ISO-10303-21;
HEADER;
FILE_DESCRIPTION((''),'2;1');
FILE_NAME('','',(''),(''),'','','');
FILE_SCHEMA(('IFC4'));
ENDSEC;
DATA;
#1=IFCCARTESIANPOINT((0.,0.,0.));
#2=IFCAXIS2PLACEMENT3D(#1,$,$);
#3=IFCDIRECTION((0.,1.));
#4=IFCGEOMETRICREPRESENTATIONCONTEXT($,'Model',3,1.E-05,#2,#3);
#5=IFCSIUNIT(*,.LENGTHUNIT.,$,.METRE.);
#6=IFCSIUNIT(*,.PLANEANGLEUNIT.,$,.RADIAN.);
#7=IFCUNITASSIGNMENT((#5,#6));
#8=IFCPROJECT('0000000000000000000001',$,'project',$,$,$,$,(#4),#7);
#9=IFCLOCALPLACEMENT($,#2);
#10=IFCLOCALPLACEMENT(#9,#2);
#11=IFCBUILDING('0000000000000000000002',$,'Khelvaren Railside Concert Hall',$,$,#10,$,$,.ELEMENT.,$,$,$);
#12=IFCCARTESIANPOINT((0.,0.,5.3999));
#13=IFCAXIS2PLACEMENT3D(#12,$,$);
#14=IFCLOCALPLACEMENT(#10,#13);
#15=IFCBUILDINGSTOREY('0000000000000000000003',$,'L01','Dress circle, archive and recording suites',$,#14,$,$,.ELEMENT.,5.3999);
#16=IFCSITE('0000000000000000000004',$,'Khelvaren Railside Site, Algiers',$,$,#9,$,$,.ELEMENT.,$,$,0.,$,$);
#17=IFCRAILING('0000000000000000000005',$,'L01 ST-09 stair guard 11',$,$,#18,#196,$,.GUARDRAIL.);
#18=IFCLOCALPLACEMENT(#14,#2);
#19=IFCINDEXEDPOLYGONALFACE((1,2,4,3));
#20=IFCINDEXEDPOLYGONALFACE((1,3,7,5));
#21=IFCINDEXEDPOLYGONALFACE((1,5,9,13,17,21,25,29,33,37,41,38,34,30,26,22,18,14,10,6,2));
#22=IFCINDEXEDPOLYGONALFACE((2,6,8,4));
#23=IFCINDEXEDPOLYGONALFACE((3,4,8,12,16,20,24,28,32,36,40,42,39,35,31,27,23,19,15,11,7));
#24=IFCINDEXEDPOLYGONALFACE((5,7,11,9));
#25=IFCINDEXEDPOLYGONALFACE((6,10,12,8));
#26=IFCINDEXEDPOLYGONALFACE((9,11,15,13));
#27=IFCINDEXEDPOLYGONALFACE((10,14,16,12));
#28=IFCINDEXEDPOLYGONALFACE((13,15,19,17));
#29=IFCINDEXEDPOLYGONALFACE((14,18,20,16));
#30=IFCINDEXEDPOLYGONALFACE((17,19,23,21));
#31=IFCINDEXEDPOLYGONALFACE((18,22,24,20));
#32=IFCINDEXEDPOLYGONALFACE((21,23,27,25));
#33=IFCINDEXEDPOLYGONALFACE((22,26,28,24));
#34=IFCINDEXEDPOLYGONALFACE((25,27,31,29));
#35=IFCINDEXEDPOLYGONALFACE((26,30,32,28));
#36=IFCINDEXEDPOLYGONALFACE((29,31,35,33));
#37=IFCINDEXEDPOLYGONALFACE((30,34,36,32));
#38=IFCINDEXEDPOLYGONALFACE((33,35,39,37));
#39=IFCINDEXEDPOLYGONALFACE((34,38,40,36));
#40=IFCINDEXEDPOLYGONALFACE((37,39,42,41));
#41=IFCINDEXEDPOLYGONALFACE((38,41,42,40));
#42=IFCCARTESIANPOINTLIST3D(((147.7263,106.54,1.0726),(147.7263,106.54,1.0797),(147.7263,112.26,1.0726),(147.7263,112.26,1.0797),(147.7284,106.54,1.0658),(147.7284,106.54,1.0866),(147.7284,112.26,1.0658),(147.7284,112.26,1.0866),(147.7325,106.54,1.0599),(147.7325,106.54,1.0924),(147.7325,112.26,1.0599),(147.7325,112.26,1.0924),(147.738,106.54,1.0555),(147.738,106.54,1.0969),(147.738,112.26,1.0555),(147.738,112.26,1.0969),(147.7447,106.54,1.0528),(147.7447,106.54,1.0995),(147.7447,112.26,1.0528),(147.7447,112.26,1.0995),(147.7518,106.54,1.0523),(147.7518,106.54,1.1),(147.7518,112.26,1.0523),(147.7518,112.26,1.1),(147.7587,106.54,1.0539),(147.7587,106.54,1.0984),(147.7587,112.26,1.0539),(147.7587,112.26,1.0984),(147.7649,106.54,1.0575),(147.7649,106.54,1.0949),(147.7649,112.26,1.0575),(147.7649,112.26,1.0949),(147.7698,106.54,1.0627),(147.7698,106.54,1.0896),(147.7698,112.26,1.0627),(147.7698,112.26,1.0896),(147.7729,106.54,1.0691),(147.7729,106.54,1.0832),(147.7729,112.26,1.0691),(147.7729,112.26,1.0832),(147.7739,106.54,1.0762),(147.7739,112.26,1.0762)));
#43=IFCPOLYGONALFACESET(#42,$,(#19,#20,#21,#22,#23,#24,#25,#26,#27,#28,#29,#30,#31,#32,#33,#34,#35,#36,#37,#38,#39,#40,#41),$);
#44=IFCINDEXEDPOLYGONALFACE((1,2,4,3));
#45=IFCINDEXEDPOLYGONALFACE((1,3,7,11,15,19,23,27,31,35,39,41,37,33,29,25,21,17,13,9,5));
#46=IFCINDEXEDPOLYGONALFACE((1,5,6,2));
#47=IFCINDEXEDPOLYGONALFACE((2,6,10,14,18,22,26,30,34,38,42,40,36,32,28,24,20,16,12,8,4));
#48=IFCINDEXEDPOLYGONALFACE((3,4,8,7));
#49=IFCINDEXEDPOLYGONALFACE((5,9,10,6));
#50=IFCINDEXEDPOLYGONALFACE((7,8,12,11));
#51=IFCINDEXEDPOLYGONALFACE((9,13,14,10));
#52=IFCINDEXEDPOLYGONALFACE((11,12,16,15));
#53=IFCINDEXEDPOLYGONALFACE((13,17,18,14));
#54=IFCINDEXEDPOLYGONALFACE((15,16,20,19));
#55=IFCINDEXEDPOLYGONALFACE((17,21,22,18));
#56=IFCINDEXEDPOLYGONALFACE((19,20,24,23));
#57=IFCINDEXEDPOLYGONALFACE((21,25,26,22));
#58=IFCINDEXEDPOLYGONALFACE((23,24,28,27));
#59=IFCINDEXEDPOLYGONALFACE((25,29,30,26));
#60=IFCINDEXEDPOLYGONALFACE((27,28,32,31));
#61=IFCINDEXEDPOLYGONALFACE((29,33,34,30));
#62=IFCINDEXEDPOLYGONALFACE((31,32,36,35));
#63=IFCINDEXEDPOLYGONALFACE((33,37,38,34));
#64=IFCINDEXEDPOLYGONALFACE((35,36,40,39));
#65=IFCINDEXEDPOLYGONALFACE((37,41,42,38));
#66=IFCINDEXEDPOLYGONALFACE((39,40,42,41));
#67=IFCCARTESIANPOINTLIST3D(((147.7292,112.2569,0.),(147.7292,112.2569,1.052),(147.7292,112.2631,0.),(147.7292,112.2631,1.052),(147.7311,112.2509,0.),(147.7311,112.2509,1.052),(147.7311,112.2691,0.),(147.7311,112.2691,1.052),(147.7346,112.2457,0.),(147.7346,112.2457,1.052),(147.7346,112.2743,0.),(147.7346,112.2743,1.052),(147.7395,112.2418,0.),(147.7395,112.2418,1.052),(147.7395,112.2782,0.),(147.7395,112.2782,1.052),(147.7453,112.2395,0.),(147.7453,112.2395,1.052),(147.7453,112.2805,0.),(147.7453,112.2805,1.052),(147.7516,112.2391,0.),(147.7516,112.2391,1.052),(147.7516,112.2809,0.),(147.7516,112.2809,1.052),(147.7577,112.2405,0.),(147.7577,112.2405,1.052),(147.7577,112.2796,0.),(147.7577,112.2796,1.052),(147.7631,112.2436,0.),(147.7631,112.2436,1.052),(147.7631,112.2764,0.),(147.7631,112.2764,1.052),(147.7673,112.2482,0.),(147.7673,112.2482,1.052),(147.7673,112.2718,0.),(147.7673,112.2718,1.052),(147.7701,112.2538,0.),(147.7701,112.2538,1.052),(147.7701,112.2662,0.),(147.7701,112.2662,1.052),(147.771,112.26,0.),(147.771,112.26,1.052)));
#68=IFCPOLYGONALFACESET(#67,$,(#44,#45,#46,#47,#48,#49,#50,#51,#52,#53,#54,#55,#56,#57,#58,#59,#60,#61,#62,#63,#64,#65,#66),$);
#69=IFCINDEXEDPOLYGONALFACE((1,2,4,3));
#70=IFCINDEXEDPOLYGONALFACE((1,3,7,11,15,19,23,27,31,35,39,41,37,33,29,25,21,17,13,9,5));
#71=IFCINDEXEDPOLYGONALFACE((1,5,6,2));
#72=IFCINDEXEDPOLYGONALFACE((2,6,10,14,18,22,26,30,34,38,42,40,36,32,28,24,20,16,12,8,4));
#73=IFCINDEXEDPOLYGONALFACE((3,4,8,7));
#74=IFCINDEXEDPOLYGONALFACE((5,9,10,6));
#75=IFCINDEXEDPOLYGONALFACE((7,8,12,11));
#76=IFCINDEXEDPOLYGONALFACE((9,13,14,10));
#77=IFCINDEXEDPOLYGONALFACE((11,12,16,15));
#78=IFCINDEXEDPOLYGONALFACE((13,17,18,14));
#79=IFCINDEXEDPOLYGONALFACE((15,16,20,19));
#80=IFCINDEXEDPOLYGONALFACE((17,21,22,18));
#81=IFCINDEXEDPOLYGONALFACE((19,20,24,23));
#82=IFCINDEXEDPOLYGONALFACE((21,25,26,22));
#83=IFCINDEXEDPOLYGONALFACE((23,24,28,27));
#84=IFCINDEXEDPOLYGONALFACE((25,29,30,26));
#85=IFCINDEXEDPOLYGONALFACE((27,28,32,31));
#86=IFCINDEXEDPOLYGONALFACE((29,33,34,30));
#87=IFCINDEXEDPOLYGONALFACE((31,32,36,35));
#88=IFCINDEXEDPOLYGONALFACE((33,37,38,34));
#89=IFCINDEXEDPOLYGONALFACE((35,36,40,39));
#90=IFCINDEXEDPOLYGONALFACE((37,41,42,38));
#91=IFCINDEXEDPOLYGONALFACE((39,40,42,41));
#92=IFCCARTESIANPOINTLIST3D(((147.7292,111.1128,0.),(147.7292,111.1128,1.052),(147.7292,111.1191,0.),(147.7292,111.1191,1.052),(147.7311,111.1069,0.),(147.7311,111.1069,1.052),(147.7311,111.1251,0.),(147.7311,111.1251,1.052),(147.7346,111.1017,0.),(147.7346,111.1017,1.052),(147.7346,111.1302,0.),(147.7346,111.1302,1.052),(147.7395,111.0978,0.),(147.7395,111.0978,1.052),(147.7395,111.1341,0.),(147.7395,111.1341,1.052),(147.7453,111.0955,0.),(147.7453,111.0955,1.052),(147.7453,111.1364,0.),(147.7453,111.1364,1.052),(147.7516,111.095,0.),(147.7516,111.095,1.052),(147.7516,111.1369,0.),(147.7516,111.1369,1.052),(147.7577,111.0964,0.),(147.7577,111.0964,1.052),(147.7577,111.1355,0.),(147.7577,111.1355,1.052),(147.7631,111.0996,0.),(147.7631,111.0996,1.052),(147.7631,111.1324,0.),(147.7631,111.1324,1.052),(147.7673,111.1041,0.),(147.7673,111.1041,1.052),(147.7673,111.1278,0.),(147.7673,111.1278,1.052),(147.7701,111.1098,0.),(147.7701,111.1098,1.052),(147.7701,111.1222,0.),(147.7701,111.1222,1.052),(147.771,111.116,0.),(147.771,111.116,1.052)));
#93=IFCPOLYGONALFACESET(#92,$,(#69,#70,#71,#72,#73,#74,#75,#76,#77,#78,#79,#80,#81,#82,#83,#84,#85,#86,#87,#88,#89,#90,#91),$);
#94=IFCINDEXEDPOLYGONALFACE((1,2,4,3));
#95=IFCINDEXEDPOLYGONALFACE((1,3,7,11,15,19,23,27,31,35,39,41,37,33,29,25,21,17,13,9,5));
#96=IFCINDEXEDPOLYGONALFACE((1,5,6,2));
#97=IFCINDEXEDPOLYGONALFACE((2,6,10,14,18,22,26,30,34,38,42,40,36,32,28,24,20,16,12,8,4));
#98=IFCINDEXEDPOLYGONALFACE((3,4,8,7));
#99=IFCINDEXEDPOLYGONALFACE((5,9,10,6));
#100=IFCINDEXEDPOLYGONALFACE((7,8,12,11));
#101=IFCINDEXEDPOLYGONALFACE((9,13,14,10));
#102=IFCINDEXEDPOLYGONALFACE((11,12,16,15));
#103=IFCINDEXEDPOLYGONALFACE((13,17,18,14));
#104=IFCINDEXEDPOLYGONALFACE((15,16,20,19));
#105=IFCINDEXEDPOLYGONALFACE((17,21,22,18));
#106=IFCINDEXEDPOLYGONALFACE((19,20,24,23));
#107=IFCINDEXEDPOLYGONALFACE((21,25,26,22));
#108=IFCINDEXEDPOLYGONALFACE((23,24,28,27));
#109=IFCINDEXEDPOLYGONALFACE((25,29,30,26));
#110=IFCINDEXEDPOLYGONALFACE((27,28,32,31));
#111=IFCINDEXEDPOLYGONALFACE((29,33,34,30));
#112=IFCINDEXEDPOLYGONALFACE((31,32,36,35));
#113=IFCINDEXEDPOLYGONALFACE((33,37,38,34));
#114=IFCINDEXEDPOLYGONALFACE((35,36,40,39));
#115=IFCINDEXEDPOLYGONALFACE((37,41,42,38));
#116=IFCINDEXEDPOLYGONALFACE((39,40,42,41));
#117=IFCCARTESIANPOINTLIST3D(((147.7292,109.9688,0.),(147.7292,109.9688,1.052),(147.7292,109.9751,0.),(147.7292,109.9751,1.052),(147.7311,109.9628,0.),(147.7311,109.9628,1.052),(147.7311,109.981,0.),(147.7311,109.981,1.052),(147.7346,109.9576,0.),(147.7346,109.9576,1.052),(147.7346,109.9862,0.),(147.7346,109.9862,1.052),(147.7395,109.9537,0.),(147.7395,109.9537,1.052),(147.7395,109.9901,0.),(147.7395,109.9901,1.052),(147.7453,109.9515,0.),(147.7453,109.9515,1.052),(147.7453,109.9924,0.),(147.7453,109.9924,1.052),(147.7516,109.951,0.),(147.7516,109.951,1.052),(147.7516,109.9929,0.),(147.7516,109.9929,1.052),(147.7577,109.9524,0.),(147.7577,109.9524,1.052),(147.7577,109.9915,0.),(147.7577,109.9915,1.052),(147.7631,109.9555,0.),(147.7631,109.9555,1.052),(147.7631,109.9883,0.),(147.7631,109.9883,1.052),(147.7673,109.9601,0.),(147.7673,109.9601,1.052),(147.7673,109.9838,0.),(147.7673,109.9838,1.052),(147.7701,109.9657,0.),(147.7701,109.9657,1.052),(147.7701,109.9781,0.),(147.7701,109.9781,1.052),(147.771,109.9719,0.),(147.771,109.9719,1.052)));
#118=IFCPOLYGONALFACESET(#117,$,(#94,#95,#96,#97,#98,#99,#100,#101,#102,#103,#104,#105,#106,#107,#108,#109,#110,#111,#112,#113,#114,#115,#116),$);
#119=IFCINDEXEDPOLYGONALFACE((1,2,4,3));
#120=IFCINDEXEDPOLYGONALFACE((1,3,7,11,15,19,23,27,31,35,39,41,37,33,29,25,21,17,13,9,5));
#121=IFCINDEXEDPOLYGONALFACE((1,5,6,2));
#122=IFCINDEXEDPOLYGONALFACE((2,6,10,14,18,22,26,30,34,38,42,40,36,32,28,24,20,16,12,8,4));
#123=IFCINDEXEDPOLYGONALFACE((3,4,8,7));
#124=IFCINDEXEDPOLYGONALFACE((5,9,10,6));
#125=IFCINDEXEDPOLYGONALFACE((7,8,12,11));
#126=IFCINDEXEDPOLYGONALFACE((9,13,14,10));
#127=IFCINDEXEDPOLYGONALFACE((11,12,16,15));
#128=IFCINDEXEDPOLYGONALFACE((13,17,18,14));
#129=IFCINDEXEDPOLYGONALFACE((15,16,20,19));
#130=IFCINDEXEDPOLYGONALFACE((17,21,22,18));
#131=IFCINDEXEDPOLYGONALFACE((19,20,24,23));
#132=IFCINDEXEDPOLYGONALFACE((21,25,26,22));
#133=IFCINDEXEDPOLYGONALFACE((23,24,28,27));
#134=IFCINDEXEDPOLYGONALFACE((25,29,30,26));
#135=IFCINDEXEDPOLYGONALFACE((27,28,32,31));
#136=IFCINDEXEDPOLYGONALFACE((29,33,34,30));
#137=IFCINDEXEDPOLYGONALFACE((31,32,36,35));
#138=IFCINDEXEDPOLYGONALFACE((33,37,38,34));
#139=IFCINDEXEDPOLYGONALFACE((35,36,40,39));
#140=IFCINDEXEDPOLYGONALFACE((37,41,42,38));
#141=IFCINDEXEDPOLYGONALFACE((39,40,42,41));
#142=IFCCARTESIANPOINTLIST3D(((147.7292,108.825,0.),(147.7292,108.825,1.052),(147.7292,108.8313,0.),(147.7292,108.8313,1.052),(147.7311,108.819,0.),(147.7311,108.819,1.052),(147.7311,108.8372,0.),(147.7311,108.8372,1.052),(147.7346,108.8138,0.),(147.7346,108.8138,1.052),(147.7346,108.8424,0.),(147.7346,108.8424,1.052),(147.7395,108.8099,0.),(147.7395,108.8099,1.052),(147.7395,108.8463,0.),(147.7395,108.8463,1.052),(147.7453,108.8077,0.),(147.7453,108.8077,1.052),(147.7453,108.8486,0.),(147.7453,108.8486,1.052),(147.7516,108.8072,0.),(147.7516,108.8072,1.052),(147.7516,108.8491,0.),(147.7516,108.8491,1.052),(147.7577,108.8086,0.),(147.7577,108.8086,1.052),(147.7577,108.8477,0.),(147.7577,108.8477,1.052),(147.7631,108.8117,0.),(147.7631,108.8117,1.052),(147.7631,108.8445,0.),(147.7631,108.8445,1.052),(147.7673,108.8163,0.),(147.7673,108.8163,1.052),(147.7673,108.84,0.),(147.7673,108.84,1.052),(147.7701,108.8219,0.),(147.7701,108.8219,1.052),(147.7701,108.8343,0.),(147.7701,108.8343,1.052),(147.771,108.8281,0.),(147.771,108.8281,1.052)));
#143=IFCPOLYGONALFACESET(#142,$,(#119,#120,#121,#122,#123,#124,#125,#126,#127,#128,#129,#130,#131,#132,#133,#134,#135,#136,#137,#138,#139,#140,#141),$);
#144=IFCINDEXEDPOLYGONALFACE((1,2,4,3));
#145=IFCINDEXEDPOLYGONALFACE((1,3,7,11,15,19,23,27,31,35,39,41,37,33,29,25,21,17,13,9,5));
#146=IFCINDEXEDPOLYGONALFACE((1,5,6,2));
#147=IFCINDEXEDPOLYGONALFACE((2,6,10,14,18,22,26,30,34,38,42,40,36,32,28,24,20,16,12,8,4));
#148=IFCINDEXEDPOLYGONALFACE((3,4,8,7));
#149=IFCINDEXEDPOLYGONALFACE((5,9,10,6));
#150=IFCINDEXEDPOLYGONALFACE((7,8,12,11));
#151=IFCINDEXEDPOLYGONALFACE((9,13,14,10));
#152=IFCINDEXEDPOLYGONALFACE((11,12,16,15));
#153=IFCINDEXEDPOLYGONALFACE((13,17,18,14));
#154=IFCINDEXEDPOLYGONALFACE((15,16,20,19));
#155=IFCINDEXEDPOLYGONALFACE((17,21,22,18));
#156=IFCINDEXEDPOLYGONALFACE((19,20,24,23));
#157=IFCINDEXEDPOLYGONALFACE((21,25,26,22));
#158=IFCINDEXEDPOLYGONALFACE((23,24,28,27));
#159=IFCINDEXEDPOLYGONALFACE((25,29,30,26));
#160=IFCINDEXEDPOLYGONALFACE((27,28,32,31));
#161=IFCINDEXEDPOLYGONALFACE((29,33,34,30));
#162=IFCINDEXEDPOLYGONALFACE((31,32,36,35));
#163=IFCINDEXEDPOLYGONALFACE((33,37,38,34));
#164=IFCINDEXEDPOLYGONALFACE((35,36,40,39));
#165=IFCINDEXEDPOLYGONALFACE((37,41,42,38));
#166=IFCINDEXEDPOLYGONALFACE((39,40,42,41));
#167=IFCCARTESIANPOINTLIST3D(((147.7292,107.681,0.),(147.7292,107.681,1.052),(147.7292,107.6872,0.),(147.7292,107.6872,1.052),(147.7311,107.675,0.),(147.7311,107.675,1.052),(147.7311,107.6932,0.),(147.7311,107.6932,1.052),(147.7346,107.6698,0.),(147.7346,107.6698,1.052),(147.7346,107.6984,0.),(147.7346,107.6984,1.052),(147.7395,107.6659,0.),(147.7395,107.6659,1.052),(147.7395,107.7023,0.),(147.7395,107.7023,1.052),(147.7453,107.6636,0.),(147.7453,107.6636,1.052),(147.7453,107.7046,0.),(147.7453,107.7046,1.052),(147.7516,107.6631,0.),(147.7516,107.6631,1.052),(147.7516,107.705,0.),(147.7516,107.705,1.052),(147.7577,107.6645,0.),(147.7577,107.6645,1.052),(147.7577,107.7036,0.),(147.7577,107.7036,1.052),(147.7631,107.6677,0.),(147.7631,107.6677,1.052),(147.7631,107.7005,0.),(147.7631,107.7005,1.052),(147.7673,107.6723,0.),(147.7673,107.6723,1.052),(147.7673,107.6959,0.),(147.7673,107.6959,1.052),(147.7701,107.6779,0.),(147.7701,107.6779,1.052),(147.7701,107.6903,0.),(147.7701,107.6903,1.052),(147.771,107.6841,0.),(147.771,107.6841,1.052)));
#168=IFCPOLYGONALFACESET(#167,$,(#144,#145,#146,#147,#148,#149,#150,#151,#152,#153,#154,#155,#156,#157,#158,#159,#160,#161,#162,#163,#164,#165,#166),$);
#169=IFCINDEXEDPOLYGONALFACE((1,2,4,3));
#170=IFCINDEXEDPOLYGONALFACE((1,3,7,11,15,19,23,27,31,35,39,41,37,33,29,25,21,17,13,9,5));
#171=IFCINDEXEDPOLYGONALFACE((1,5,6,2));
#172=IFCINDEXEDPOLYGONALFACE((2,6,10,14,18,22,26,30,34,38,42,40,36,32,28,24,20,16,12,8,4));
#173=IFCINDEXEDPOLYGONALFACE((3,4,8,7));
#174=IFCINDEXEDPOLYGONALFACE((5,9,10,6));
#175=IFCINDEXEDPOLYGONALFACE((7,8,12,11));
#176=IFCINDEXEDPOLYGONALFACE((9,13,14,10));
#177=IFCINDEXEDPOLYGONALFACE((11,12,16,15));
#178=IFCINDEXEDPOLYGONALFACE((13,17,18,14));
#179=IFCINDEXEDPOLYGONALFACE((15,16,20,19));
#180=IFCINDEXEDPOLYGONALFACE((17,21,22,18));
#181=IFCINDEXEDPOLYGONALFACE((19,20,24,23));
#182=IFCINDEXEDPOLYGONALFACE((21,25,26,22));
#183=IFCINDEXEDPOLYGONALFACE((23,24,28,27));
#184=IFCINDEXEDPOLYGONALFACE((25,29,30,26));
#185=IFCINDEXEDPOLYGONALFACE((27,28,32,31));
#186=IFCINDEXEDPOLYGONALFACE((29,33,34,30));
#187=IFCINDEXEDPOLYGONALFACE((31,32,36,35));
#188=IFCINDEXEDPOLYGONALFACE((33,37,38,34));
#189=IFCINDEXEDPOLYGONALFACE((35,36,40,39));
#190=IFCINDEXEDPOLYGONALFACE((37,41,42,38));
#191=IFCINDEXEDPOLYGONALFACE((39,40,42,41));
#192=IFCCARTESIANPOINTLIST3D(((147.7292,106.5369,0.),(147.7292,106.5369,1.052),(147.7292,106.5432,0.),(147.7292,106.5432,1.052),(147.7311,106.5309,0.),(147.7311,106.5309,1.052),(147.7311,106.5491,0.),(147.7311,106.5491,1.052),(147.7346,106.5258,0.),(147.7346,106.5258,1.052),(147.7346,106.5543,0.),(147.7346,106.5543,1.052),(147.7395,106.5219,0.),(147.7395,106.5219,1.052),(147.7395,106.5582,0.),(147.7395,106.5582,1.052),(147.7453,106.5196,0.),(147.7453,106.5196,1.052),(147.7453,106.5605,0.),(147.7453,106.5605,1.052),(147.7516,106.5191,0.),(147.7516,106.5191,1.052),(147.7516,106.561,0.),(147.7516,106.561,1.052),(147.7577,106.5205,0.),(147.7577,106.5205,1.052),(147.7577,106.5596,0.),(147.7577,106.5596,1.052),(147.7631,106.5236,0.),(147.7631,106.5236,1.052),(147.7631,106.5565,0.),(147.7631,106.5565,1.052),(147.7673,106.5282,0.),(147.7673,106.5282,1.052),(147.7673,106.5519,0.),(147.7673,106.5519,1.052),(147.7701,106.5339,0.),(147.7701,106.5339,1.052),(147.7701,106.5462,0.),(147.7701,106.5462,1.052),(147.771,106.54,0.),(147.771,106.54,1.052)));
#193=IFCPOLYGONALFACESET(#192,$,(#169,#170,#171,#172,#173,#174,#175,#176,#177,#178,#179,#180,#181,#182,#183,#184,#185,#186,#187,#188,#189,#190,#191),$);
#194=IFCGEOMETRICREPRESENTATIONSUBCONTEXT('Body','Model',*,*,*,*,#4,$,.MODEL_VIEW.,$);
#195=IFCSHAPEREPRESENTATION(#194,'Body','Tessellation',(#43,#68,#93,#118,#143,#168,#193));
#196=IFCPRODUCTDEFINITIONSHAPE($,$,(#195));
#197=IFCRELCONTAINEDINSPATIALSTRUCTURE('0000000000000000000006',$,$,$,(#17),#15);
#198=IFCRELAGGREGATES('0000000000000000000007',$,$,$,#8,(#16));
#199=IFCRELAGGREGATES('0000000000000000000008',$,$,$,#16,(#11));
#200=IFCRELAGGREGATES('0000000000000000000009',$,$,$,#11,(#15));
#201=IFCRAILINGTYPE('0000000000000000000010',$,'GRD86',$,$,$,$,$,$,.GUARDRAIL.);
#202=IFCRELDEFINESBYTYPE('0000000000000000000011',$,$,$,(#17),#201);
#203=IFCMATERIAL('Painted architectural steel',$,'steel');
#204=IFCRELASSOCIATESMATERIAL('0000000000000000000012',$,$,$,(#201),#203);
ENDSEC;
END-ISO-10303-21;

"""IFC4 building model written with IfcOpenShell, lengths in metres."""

from ifc_helpers import new_model, si_unit, direction, frame, origin, origin_2d, place, context, subcontext, project, spatial, circle, extrude, material, type_object, element, save


model = new_model("IFC4")

# Units and contexts
model_context = context("Model", 3, precision=1e-05, world=origin(), true_north=direction((0.0, 1.0)))
body_context = subcontext(model_context, "Body", "Model", "MODEL_VIEW")
ifc_project = project(units=[si_unit("LENGTHUNIT", "METRE"), si_unit("PLANEANGLEUNIT", "RADIAN")], contexts=[model_context])

# Site, building, storey
site_placement = place(None, origin())
site = spatial("IfcSite", under=ifc_project, at=site_placement, Name="Khelvaren Railside Site, Algiers", CompositionType="ELEMENT", RefElevation=0.0)
building_placement = place(site_placement, origin())
building = spatial("IfcBuilding", under=site, at=building_placement, Name="Khelvaren Railside Concert Hall", CompositionType="ELEMENT")
storey_placement = place(building_placement, frame((0.0, 0.0, 5.3999)))
storey = spatial("IfcBuildingStorey", under=building, at=storey_placement, Name="L01", Description="Dress circle, archive and recording suites", CompositionType="ELEMENT", Elevation=5.3999)

# Railing
ifc_material_1 = material(Name="Painted architectural steel", Category="steel")
railing_type_1 = type_object("IfcRailingType", Name="GRD86", PredefinedType="GUARDRAIL", material=ifc_material_1)
railing_1_placement = place(storey_placement, frame((147.75, 112.26, 0.0)))
element("IfcRailing", 1, at=railing_1_placement, inside=storey, type_object=railing_type_1, Name="L01 ST-09 stair guard 11", PredefinedType="GUARDRAIL", context=body_context, shape_type="SweptSolid", body=[
    extrude(circle(Radius=0.0239, at=origin_2d()), frame((0.0, 0.0, 1.0762), z_axis=(0.0, -1.0, 0.0), x_axis=(1.0, 0.0, 0.0)), (0.0, 0.0, 1.0), 5.72),
    extrude(circle(Radius=0.021, at=origin_2d()), origin(), (0.0, 0.0, 1.0), 1.052),
    extrude(circle(Radius=0.021, at=origin_2d()), frame((0.0, -1.144, 0.0)), (0.0, 0.0, 1.0), 1.052),
    extrude(circle(Radius=0.021, at=origin_2d()), frame((0.0, -2.2881, 0.0)), (0.0, 0.0, 1.0), 1.052),
    extrude(circle(Radius=0.021, at=origin_2d()), frame((0.0, -3.4319, 0.0)), (0.0, 0.0, 1.0), 1.052),
    extrude(circle(Radius=0.021, at=origin_2d()), frame((0.0, -4.5759, 0.0)), (0.0, 0.0, 1.0), 1.052),
    extrude(circle(Radius=0.021, at=origin_2d()), frame((0.0, -5.72, 0.0)), (0.0, 0.0, 1.0), 1.052),
])

save(model, "model.ifc")
